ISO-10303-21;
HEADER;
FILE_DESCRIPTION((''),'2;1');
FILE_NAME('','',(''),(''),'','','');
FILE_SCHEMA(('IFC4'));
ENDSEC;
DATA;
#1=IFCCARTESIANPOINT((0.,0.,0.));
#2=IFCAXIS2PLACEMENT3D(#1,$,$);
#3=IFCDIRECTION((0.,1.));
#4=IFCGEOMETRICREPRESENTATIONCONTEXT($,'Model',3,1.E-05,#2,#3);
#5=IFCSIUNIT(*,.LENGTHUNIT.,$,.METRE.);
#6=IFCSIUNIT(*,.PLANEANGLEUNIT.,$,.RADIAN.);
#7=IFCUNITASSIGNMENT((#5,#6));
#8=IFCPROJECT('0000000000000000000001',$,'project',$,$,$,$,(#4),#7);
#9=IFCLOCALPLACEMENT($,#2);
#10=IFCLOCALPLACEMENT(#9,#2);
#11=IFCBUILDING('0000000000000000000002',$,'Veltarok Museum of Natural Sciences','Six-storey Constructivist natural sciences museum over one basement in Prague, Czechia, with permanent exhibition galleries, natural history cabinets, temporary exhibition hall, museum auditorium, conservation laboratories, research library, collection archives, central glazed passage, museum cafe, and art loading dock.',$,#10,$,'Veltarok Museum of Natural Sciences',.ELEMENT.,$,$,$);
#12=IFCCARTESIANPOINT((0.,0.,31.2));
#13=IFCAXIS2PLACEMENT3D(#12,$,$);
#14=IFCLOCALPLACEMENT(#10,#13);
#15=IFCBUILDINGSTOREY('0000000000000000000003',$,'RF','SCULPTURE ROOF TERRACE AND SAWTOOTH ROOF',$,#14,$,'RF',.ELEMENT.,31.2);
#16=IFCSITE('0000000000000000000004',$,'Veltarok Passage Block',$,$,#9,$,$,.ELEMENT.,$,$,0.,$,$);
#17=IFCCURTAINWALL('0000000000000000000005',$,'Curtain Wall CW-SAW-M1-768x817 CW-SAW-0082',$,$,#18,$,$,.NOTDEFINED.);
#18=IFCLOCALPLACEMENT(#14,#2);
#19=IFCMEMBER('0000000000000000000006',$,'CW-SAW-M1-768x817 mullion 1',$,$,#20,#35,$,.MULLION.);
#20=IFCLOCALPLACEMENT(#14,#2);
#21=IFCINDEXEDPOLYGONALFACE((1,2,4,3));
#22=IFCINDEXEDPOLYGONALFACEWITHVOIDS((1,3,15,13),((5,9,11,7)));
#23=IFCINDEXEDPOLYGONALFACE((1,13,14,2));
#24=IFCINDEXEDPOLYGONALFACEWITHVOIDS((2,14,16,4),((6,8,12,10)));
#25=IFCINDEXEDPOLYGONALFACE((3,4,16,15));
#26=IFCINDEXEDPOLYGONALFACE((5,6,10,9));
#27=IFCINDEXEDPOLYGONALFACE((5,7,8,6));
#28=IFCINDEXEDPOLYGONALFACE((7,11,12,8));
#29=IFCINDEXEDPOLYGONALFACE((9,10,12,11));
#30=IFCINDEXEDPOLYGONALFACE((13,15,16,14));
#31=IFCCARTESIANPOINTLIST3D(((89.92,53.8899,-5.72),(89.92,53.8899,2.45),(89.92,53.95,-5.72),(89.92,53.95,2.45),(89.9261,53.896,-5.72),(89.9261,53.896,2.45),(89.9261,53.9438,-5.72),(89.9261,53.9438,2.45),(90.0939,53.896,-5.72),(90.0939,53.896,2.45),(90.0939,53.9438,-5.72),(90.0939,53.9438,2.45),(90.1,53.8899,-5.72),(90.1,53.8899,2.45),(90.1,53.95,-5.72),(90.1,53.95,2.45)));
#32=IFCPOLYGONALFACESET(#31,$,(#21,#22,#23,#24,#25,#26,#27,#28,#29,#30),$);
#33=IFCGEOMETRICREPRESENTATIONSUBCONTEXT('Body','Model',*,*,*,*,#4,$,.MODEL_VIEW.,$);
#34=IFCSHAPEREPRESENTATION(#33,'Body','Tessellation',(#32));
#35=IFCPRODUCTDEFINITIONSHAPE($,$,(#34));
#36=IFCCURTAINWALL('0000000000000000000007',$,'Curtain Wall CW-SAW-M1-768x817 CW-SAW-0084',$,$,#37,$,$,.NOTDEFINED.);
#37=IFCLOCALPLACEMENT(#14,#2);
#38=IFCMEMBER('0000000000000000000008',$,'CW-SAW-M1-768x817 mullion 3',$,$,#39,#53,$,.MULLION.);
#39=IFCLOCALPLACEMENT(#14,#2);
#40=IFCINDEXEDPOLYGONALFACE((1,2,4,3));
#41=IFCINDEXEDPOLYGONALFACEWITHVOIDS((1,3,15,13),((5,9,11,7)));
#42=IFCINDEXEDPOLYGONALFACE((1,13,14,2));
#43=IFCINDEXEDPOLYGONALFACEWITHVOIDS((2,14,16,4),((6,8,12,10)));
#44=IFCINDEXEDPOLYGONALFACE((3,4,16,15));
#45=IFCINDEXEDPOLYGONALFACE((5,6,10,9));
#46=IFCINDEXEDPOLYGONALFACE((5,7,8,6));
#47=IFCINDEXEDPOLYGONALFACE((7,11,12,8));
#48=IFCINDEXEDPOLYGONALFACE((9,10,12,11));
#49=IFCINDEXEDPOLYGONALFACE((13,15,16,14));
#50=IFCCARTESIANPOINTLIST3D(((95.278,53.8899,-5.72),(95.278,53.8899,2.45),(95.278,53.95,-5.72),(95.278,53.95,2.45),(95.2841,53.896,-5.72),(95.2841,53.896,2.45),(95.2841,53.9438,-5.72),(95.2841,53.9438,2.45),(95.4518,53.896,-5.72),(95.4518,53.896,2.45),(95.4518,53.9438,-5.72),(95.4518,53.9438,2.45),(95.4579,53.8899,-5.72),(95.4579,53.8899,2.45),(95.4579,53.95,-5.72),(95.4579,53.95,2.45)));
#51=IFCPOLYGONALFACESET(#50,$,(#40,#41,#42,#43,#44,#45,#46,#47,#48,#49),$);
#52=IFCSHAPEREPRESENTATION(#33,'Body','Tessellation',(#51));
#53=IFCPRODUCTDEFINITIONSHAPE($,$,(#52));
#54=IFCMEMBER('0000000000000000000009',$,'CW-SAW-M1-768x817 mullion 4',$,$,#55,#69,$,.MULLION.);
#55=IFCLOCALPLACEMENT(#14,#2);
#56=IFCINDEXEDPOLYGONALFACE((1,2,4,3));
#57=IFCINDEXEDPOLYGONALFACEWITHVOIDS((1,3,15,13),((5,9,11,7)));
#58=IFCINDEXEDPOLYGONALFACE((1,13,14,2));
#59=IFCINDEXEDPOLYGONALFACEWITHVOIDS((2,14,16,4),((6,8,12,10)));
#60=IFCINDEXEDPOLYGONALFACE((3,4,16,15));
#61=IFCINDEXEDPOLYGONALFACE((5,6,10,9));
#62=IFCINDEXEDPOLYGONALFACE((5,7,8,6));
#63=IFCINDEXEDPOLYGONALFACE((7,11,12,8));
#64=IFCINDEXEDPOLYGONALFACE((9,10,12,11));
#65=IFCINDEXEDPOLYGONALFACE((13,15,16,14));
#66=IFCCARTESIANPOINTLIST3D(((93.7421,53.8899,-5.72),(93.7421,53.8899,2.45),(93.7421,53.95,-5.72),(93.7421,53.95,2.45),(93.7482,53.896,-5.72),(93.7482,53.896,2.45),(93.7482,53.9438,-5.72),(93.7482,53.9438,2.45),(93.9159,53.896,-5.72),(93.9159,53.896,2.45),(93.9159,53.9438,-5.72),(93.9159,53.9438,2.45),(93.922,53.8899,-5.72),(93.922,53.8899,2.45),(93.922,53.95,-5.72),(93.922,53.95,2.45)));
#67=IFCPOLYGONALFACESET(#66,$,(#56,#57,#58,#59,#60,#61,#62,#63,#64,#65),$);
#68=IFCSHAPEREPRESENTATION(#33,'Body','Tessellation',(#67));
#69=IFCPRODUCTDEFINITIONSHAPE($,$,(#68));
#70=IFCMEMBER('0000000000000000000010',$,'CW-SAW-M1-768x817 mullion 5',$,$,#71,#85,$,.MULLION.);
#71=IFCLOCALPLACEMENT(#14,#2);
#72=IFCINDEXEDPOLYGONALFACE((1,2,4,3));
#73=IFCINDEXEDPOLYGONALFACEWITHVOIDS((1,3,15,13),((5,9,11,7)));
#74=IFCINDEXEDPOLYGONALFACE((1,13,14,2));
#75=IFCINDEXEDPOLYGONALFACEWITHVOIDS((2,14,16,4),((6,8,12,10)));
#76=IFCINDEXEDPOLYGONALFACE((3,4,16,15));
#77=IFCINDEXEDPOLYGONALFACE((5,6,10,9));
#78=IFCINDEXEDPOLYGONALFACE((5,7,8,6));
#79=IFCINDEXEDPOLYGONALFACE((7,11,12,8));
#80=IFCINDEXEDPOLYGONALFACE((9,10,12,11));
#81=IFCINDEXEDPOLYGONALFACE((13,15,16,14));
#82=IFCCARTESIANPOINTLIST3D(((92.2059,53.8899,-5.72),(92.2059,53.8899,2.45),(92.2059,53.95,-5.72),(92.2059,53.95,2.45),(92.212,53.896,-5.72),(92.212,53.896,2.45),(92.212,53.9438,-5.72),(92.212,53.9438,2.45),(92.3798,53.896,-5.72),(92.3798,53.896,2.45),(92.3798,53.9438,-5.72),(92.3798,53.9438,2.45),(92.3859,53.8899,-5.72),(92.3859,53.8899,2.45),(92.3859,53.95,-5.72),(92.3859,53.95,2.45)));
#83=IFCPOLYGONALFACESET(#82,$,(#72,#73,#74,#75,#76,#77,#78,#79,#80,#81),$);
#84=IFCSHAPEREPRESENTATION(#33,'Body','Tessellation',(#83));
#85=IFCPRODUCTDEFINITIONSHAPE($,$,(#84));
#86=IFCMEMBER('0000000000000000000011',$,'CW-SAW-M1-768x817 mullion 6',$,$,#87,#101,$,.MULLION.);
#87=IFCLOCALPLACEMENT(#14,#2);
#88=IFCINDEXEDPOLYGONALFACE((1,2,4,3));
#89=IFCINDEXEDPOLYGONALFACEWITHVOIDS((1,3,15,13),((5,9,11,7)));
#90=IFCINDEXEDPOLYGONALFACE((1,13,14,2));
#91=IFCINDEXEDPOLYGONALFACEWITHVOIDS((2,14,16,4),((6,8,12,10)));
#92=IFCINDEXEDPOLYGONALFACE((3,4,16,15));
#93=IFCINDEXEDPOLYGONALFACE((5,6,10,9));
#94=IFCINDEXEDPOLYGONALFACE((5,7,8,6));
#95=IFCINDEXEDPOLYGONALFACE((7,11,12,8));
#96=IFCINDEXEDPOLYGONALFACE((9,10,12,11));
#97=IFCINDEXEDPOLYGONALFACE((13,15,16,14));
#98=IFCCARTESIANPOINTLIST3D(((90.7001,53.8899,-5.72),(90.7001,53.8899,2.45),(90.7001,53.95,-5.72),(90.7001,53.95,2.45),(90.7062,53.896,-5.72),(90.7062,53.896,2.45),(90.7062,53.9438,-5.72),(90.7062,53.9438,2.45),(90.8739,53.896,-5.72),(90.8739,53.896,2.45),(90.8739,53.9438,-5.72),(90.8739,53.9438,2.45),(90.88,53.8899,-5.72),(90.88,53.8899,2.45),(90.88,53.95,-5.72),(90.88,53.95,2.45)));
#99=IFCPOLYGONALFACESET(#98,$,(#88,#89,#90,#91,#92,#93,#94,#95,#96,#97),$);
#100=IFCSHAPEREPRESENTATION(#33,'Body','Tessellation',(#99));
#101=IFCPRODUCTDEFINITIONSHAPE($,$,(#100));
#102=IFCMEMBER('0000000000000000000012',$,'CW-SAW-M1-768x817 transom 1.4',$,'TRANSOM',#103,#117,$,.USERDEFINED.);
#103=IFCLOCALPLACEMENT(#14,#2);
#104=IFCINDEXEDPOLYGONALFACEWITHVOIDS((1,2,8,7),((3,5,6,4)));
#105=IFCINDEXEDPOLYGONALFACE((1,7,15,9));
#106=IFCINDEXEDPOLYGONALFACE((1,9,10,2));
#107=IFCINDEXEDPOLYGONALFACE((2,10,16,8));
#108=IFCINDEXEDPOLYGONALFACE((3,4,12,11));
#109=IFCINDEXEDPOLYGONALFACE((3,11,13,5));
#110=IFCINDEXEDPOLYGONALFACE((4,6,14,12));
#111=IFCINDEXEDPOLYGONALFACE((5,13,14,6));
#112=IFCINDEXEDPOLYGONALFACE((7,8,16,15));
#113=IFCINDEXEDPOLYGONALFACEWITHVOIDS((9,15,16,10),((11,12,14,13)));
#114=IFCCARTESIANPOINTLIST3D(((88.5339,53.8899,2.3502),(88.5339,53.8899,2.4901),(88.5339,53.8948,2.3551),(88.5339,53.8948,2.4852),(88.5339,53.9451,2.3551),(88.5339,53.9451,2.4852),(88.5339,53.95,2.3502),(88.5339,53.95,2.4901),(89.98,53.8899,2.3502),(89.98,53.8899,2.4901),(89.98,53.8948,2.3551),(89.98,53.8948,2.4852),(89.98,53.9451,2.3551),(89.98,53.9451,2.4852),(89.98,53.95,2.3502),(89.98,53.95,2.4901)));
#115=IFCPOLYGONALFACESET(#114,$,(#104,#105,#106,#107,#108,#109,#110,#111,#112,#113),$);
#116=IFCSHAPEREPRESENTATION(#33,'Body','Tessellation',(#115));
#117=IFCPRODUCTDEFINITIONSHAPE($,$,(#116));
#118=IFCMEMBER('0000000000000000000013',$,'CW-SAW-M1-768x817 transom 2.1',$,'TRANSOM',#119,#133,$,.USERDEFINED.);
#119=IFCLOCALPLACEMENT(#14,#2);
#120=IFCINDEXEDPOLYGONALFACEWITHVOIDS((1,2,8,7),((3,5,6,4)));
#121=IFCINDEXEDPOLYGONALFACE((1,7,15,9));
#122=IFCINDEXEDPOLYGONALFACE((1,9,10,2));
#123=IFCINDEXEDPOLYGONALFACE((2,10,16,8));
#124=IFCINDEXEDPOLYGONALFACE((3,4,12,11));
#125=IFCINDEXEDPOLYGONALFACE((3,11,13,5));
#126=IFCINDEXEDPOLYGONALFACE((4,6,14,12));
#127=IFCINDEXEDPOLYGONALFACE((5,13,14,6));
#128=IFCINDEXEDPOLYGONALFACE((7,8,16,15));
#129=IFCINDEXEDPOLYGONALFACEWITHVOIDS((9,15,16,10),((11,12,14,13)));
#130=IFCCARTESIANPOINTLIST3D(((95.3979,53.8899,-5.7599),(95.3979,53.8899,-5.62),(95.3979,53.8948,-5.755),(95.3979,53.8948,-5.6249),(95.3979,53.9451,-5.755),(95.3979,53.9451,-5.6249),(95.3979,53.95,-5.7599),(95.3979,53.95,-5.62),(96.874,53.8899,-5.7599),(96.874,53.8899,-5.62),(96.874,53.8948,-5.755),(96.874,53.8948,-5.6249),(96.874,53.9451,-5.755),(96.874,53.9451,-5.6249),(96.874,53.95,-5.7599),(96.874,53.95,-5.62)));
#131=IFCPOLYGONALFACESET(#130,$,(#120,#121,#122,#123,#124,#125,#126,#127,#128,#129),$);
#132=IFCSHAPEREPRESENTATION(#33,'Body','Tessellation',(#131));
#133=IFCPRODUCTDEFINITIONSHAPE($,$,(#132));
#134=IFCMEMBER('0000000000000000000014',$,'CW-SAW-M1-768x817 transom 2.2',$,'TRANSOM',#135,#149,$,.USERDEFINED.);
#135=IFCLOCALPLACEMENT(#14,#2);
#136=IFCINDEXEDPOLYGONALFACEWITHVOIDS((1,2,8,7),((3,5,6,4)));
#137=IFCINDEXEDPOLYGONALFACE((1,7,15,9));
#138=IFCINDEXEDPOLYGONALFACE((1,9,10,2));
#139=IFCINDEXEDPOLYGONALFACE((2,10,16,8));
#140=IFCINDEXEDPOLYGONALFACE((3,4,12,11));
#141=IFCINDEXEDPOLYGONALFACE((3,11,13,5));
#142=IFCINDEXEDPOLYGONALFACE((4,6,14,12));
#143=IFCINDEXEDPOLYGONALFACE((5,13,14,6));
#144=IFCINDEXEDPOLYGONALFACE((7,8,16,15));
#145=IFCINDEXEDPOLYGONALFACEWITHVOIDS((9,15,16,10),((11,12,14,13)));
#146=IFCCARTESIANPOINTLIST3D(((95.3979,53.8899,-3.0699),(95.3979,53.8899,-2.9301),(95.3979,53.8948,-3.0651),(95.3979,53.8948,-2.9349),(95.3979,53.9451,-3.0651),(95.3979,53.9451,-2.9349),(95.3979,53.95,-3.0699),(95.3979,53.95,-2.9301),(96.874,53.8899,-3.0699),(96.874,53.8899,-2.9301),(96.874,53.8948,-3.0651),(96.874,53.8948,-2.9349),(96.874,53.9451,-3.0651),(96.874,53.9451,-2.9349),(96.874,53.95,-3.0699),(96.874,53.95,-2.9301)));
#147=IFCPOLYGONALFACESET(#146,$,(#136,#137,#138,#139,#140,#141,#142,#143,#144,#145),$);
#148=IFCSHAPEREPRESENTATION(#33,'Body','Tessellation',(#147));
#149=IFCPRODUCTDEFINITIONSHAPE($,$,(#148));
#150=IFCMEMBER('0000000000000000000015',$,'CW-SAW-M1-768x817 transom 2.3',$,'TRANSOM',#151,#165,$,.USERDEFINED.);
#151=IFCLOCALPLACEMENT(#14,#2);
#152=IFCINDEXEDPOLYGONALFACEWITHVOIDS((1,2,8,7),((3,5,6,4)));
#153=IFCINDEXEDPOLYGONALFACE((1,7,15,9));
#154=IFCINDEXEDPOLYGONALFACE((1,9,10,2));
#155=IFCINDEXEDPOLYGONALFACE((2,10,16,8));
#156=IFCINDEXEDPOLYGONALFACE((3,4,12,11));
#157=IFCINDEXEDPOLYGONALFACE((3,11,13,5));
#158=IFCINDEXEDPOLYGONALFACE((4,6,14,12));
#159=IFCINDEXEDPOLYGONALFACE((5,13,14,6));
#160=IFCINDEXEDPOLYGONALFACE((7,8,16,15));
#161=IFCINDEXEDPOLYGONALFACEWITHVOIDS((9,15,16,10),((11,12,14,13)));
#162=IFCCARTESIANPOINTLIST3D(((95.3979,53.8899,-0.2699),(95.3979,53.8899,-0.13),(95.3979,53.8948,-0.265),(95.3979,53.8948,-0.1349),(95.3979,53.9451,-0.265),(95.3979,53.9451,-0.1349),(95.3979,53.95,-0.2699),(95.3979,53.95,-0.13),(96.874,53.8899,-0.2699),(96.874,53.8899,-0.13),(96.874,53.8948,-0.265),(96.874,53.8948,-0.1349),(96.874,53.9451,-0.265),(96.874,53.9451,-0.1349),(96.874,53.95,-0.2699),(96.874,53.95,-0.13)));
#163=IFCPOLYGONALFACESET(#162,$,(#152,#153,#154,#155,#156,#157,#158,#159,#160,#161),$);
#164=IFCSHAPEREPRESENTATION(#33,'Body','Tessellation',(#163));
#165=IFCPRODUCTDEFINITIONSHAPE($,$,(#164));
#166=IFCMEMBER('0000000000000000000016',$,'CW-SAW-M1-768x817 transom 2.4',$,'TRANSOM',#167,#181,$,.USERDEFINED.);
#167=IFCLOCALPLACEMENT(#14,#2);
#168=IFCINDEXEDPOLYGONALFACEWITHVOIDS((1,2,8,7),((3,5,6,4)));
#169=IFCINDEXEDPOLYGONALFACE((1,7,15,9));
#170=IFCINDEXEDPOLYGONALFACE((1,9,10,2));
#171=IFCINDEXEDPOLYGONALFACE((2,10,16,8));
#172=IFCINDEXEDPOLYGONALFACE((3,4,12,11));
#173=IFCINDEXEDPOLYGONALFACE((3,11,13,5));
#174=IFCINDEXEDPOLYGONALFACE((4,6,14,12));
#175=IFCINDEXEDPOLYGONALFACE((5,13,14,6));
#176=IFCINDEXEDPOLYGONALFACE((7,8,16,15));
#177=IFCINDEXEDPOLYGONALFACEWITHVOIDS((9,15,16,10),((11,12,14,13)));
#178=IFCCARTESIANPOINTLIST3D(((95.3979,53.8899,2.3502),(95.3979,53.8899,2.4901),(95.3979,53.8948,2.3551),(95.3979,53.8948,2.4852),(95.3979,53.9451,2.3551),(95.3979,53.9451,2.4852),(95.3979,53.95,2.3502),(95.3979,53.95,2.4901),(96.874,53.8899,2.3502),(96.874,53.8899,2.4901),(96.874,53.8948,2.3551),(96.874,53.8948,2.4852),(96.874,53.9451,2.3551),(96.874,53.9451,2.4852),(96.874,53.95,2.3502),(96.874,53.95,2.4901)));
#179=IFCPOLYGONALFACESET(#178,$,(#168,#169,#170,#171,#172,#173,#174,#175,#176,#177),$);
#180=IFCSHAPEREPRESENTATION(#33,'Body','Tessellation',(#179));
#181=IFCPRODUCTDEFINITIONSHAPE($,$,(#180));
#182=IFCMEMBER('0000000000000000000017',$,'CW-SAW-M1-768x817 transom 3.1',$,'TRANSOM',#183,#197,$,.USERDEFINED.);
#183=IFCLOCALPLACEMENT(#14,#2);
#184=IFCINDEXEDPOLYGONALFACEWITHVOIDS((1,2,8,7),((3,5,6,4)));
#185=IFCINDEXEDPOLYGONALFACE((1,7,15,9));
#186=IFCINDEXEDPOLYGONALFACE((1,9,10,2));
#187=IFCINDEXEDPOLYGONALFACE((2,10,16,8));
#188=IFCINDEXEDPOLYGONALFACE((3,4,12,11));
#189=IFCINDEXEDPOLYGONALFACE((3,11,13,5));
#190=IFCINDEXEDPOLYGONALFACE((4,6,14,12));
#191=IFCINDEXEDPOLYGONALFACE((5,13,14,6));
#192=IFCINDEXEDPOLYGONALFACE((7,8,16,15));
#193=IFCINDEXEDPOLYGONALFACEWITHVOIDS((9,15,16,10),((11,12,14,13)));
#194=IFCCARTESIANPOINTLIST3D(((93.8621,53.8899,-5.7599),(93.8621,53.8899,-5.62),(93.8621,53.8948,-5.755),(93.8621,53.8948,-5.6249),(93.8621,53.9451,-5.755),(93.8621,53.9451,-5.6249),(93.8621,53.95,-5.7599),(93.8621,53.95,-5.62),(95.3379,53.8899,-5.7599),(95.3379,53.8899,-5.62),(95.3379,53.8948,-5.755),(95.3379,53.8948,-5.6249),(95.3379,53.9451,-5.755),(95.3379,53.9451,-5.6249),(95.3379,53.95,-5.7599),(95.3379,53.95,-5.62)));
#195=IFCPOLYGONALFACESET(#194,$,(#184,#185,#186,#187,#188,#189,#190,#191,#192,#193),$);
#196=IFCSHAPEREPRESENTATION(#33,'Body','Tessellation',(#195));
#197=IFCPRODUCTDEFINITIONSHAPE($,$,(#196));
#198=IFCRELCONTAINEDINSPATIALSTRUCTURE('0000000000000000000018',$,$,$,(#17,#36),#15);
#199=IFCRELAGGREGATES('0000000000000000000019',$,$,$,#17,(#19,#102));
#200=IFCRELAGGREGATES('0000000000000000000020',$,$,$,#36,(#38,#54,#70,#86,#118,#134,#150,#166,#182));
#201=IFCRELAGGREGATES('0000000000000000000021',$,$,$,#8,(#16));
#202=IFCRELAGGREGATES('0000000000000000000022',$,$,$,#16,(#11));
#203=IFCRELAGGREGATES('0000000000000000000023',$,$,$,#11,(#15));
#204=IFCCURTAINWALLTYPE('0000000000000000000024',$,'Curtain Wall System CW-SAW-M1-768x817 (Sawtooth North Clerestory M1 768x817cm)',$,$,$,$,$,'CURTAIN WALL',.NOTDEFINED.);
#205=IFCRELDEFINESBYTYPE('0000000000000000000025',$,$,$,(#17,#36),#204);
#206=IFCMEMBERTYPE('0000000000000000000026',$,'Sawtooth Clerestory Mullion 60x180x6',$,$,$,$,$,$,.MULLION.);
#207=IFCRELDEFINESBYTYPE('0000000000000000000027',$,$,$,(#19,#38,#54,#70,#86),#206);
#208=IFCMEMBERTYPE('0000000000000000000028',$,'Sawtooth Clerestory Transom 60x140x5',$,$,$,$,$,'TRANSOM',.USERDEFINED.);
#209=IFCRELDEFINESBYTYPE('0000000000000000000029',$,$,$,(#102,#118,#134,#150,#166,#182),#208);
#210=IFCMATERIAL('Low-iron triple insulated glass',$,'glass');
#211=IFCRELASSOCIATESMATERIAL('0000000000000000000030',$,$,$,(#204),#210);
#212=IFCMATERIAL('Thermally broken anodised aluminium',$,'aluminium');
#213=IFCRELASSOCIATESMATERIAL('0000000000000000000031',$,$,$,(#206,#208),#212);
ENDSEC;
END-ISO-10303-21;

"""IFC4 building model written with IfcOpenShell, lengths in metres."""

from ifc_helpers import new_model, si_unit, direction, frame, origin, origin_2d, place, context, subcontext, project, spatial, hollow_rectangle, extrude, material, material_profile, profile_set, type_object, element, aggregate, save


model = new_model("IFC4")

# Units and contexts
model_context = context("Model", 3, precision=1e-05, world=origin(), true_north=direction((0.0, 1.0)))
body_context = subcontext(model_context, "Body", "Model", "MODEL_VIEW")
ifc_project = project(units=[si_unit("LENGTHUNIT", "METRE"), si_unit("PLANEANGLEUNIT", "RADIAN")], contexts=[model_context])

# Site, building, storey
site_placement = place(None, origin())
site = spatial("IfcSite", under=ifc_project, at=site_placement, Name="Veltarok Passage Block", CompositionType="ELEMENT", RefElevation=0.0)
building_placement = place(site_placement, origin())
building = spatial("IfcBuilding", under=site, at=building_placement, Name="Veltarok Museum of Natural Sciences", Description="Six-storey Constructivist natural sciences museum over one basement in Prague, Czechia, with permanent exhibition galleries, natural history cabinets, temporary exhibition hall, museum auditorium, conservation laboratories, research library, collection archives, central glazed passage, museum cafe, and art loading dock.", LongName="Veltarok Museum of Natural Sciences", CompositionType="ELEMENT")
storey_placement = place(building_placement, frame((0.0, 0.0, 31.2)))
storey = spatial("IfcBuildingStorey", under=building, at=storey_placement, Name="RF", Description="SCULPTURE ROOF TERRACE AND SAWTOOTH ROOF", LongName="RF", CompositionType="ELEMENT", Elevation=31.2)

# Curtain wall, member
ifc_material_1 = material(Name="Low-iron triple insulated glass", Category="glass")
curtain_wall_type = type_object("IfcCurtainWallType", Name="Curtain Wall System CW-SAW-M1-768x817 (Sawtooth North Clerestory M1 768x817cm)", ElementType="CURTAIN WALL", PredefinedType="NOTDEFINED", material=ifc_material_1)
curtain_wall_1_placement = place(storey_placement, origin())
curtain_wall_1 = element("IfcCurtainWall", 1, at=curtain_wall_1_placement, inside=storey, type_object=curtain_wall_type, Name="Curtain Wall CW-SAW-M1-768x817 CW-SAW-0082", PredefinedType="NOTDEFINED")
ifc_material_2 = material(Name="Thermally broken anodised aluminium", Category="aluminium")
ifc_material_profile_1 = material_profile(ifc_material_2, hollow_rectangle(XDim=0.0601, YDim=0.1799, WallThickness=0.0061, at=origin_2d()), Name="CW MULLION 60x180x6")
ifc_profile_set_1 = profile_set([ifc_material_profile_1], Name="Thermally broken anodised aluminium")
member_type_1 = type_object("IfcMemberType", Name="Sawtooth Clerestory Mullion 60x180x6", PredefinedType="MULLION", material=ifc_profile_set_1)
member_1_placement = place(storey_placement, frame((90.01, 53.9199, -5.72), z_axis=(0.0, 0.0, 1.0), x_axis=(0.0, -1.0, 0.0)))
member_1 = element("IfcMember", 2, at=member_1_placement, type_object=member_type_1, Name="CW-SAW-M1-768x817 mullion 1", PredefinedType="MULLION", context=body_context, shape_type="SweptSolid", body=[
    extrude(hollow_rectangle(XDim=0.0601, YDim=0.1799, WallThickness=0.0061, at=origin_2d()), origin(), (0.0, 0.0, 1.0), 8.1699),
])

# Curtain wall, members
curtain_wall_2_placement = place(storey_placement, origin())
curtain_wall_2 = element("IfcCurtainWall", 3, at=curtain_wall_2_placement, inside=storey, type_object=curtain_wall_type, Name="Curtain Wall CW-SAW-M1-768x817 CW-SAW-0084", PredefinedType="NOTDEFINED")
member_2_placement = place(storey_placement, frame((95.3679, 53.9199, -5.72), z_axis=(0.0, 0.0, 1.0), x_axis=(0.0, -1.0, 0.0)))
member_2 = element("IfcMember", 4, at=member_2_placement, type_object=member_type_1, Name="CW-SAW-M1-768x817 mullion 3", PredefinedType="MULLION", context=body_context, shape_type="SweptSolid", body=[
    extrude(hollow_rectangle(XDim=0.0601, YDim=0.1799, WallThickness=0.0061, at=origin_2d()), origin(), (0.0, 0.0, 1.0), 8.1699),
])
member_3_placement = place(storey_placement, frame((93.832, 53.9199, -5.72), z_axis=(0.0, 0.0, 1.0), x_axis=(0.0, -1.0, 0.0)))
member_3 = element("IfcMember", 5, at=member_3_placement, type_object=member_type_1, Name="CW-SAW-M1-768x817 mullion 4", PredefinedType="MULLION", context=body_context, shape_type="SweptSolid", body=[
    extrude(hollow_rectangle(XDim=0.0601, YDim=0.1799, WallThickness=0.0061, at=origin_2d()), origin(), (0.0, 0.0, 1.0), 8.1699),
])
member_4_placement = place(storey_placement, frame((92.2959, 53.9199, -5.72), z_axis=(0.0, 0.0, 1.0), x_axis=(0.0, -1.0, 0.0)))
member_4 = element("IfcMember", 6, at=member_4_placement, type_object=member_type_1, Name="CW-SAW-M1-768x817 mullion 5", PredefinedType="MULLION", context=body_context, shape_type="SweptSolid", body=[
    extrude(hollow_rectangle(XDim=0.0601, YDim=0.1799, WallThickness=0.0061, at=origin_2d()), origin(), (0.0, 0.0, 1.0), 8.1699),
])
member_5_placement = place(storey_placement, frame((90.79, 53.9199, -5.72), z_axis=(0.0, 0.0, 1.0), x_axis=(0.0, -1.0, 0.0)))
member_5 = element("IfcMember", 7, at=member_5_placement, type_object=member_type_1, Name="CW-SAW-M1-768x817 mullion 6", PredefinedType="MULLION", context=body_context, shape_type="SweptSolid", body=[
    extrude(hollow_rectangle(XDim=0.0601, YDim=0.1799, WallThickness=0.0061, at=origin_2d()), origin(), (0.0, 0.0, 1.0), 8.1699),
])

# Members
ifc_material_profile_2 = material_profile(ifc_material_2, hollow_rectangle(XDim=0.0601, YDim=0.1399, WallThickness=0.0049, at=origin_2d()), Name="CW TRANSOM 60x140x5")
ifc_profile_set_2 = profile_set([ifc_material_profile_2], Name="Thermally broken anodised aluminium")
member_type_2 = type_object("IfcMemberType", Name="Sawtooth Clerestory Transom 60x140x5", ElementType="TRANSOM", PredefinedType="USERDEFINED", material=ifc_profile_set_2)
member_6_placement = place(storey_placement, frame((89.98, 53.9199, 2.4202), z_axis=(-1.0, 0.0, 0.0), x_axis=(0.0, -1.0, 0.0)))
member_6 = element("IfcMember", 8, at=member_6_placement, type_object=member_type_2, Name="CW-SAW-M1-768x817 transom 1.4", ObjectType="TRANSOM", PredefinedType="USERDEFINED", context=body_context, shape_type="SweptSolid", body=[
    extrude(hollow_rectangle(XDim=0.0601, YDim=0.1399, WallThickness=0.0049, at=origin_2d()), origin(), (0.0, 0.0, 1.0), 1.446),
])
aggregate(curtain_wall_1, [member_1, member_6])
member_7_placement = place(storey_placement, frame((96.874, 53.9199, -5.6899), z_axis=(-1.0, 0.0, 0.0), x_axis=(0.0, -1.0, 0.0)))
member_7 = element("IfcMember", 9, at=member_7_placement, type_object=member_type_2, Name="CW-SAW-M1-768x817 transom 2.1", ObjectType="TRANSOM", PredefinedType="USERDEFINED", context=body_context, shape_type="SweptSolid", body=[
    extrude(hollow_rectangle(XDim=0.0601, YDim=0.1399, WallThickness=0.0049, at=origin_2d()), origin(), (0.0, 0.0, 1.0), 1.4761),
])
member_8_placement = place(storey_placement, frame((96.874, 53.9199, -3.0), z_axis=(-1.0, 0.0, 0.0), x_axis=(0.0, -1.0, 0.0)))
member_8 = element("IfcMember", 10, at=member_8_placement, type_object=member_type_2, Name="CW-SAW-M1-768x817 transom 2.2", ObjectType="TRANSOM", PredefinedType="USERDEFINED", context=body_context, shape_type="SweptSolid", body=[
    extrude(hollow_rectangle(XDim=0.0601, YDim=0.1399, WallThickness=0.0049, at=origin_2d()), origin(), (0.0, 0.0, 1.0), 1.4761),
])
member_9_placement = place(storey_placement, frame((96.874, 53.9199, -0.2), z_axis=(-1.0, 0.0, 0.0), x_axis=(0.0, -1.0, 0.0)))
member_9 = element("IfcMember", 11, at=member_9_placement, type_object=member_type_2, Name="CW-SAW-M1-768x817 transom 2.3", ObjectType="TRANSOM", PredefinedType="USERDEFINED", context=body_context, shape_type="SweptSolid", body=[
    extrude(hollow_rectangle(XDim=0.0601, YDim=0.1399, WallThickness=0.0049, at=origin_2d()), origin(), (0.0, 0.0, 1.0), 1.4761),
])
member_10_placement = place(storey_placement, frame((96.874, 53.9199, 2.4202), z_axis=(-1.0, 0.0, 0.0), x_axis=(0.0, -1.0, 0.0)))
member_10 = element("IfcMember", 12, at=member_10_placement, type_object=member_type_2, Name="CW-SAW-M1-768x817 transom 2.4", ObjectType="TRANSOM", PredefinedType="USERDEFINED", context=body_context, shape_type="SweptSolid", body=[
    extrude(hollow_rectangle(XDim=0.0601, YDim=0.1399, WallThickness=0.0049, at=origin_2d()), origin(), (0.0, 0.0, 1.0), 1.4761),
])
member_11_placement = place(storey_placement, frame((95.3379, 53.9199, -5.6899), z_axis=(-1.0, 0.0, 0.0), x_axis=(0.0, -1.0, 0.0)))
member_11 = element("IfcMember", 13, at=member_11_placement, type_object=member_type_2, Name="CW-SAW-M1-768x817 transom 3.1", ObjectType="TRANSOM", PredefinedType="USERDEFINED", context=body_context, shape_type="SweptSolid", body=[
    extrude(hollow_rectangle(XDim=0.0601, YDim=0.1399, WallThickness=0.0049, at=origin_2d()), origin(), (0.0, 0.0, 1.0), 1.4758),
])

aggregate(curtain_wall_2, [member_2, member_3, member_4, member_5, member_7, member_8, member_9, member_10, member_11])

save(model, "model.ifc")
